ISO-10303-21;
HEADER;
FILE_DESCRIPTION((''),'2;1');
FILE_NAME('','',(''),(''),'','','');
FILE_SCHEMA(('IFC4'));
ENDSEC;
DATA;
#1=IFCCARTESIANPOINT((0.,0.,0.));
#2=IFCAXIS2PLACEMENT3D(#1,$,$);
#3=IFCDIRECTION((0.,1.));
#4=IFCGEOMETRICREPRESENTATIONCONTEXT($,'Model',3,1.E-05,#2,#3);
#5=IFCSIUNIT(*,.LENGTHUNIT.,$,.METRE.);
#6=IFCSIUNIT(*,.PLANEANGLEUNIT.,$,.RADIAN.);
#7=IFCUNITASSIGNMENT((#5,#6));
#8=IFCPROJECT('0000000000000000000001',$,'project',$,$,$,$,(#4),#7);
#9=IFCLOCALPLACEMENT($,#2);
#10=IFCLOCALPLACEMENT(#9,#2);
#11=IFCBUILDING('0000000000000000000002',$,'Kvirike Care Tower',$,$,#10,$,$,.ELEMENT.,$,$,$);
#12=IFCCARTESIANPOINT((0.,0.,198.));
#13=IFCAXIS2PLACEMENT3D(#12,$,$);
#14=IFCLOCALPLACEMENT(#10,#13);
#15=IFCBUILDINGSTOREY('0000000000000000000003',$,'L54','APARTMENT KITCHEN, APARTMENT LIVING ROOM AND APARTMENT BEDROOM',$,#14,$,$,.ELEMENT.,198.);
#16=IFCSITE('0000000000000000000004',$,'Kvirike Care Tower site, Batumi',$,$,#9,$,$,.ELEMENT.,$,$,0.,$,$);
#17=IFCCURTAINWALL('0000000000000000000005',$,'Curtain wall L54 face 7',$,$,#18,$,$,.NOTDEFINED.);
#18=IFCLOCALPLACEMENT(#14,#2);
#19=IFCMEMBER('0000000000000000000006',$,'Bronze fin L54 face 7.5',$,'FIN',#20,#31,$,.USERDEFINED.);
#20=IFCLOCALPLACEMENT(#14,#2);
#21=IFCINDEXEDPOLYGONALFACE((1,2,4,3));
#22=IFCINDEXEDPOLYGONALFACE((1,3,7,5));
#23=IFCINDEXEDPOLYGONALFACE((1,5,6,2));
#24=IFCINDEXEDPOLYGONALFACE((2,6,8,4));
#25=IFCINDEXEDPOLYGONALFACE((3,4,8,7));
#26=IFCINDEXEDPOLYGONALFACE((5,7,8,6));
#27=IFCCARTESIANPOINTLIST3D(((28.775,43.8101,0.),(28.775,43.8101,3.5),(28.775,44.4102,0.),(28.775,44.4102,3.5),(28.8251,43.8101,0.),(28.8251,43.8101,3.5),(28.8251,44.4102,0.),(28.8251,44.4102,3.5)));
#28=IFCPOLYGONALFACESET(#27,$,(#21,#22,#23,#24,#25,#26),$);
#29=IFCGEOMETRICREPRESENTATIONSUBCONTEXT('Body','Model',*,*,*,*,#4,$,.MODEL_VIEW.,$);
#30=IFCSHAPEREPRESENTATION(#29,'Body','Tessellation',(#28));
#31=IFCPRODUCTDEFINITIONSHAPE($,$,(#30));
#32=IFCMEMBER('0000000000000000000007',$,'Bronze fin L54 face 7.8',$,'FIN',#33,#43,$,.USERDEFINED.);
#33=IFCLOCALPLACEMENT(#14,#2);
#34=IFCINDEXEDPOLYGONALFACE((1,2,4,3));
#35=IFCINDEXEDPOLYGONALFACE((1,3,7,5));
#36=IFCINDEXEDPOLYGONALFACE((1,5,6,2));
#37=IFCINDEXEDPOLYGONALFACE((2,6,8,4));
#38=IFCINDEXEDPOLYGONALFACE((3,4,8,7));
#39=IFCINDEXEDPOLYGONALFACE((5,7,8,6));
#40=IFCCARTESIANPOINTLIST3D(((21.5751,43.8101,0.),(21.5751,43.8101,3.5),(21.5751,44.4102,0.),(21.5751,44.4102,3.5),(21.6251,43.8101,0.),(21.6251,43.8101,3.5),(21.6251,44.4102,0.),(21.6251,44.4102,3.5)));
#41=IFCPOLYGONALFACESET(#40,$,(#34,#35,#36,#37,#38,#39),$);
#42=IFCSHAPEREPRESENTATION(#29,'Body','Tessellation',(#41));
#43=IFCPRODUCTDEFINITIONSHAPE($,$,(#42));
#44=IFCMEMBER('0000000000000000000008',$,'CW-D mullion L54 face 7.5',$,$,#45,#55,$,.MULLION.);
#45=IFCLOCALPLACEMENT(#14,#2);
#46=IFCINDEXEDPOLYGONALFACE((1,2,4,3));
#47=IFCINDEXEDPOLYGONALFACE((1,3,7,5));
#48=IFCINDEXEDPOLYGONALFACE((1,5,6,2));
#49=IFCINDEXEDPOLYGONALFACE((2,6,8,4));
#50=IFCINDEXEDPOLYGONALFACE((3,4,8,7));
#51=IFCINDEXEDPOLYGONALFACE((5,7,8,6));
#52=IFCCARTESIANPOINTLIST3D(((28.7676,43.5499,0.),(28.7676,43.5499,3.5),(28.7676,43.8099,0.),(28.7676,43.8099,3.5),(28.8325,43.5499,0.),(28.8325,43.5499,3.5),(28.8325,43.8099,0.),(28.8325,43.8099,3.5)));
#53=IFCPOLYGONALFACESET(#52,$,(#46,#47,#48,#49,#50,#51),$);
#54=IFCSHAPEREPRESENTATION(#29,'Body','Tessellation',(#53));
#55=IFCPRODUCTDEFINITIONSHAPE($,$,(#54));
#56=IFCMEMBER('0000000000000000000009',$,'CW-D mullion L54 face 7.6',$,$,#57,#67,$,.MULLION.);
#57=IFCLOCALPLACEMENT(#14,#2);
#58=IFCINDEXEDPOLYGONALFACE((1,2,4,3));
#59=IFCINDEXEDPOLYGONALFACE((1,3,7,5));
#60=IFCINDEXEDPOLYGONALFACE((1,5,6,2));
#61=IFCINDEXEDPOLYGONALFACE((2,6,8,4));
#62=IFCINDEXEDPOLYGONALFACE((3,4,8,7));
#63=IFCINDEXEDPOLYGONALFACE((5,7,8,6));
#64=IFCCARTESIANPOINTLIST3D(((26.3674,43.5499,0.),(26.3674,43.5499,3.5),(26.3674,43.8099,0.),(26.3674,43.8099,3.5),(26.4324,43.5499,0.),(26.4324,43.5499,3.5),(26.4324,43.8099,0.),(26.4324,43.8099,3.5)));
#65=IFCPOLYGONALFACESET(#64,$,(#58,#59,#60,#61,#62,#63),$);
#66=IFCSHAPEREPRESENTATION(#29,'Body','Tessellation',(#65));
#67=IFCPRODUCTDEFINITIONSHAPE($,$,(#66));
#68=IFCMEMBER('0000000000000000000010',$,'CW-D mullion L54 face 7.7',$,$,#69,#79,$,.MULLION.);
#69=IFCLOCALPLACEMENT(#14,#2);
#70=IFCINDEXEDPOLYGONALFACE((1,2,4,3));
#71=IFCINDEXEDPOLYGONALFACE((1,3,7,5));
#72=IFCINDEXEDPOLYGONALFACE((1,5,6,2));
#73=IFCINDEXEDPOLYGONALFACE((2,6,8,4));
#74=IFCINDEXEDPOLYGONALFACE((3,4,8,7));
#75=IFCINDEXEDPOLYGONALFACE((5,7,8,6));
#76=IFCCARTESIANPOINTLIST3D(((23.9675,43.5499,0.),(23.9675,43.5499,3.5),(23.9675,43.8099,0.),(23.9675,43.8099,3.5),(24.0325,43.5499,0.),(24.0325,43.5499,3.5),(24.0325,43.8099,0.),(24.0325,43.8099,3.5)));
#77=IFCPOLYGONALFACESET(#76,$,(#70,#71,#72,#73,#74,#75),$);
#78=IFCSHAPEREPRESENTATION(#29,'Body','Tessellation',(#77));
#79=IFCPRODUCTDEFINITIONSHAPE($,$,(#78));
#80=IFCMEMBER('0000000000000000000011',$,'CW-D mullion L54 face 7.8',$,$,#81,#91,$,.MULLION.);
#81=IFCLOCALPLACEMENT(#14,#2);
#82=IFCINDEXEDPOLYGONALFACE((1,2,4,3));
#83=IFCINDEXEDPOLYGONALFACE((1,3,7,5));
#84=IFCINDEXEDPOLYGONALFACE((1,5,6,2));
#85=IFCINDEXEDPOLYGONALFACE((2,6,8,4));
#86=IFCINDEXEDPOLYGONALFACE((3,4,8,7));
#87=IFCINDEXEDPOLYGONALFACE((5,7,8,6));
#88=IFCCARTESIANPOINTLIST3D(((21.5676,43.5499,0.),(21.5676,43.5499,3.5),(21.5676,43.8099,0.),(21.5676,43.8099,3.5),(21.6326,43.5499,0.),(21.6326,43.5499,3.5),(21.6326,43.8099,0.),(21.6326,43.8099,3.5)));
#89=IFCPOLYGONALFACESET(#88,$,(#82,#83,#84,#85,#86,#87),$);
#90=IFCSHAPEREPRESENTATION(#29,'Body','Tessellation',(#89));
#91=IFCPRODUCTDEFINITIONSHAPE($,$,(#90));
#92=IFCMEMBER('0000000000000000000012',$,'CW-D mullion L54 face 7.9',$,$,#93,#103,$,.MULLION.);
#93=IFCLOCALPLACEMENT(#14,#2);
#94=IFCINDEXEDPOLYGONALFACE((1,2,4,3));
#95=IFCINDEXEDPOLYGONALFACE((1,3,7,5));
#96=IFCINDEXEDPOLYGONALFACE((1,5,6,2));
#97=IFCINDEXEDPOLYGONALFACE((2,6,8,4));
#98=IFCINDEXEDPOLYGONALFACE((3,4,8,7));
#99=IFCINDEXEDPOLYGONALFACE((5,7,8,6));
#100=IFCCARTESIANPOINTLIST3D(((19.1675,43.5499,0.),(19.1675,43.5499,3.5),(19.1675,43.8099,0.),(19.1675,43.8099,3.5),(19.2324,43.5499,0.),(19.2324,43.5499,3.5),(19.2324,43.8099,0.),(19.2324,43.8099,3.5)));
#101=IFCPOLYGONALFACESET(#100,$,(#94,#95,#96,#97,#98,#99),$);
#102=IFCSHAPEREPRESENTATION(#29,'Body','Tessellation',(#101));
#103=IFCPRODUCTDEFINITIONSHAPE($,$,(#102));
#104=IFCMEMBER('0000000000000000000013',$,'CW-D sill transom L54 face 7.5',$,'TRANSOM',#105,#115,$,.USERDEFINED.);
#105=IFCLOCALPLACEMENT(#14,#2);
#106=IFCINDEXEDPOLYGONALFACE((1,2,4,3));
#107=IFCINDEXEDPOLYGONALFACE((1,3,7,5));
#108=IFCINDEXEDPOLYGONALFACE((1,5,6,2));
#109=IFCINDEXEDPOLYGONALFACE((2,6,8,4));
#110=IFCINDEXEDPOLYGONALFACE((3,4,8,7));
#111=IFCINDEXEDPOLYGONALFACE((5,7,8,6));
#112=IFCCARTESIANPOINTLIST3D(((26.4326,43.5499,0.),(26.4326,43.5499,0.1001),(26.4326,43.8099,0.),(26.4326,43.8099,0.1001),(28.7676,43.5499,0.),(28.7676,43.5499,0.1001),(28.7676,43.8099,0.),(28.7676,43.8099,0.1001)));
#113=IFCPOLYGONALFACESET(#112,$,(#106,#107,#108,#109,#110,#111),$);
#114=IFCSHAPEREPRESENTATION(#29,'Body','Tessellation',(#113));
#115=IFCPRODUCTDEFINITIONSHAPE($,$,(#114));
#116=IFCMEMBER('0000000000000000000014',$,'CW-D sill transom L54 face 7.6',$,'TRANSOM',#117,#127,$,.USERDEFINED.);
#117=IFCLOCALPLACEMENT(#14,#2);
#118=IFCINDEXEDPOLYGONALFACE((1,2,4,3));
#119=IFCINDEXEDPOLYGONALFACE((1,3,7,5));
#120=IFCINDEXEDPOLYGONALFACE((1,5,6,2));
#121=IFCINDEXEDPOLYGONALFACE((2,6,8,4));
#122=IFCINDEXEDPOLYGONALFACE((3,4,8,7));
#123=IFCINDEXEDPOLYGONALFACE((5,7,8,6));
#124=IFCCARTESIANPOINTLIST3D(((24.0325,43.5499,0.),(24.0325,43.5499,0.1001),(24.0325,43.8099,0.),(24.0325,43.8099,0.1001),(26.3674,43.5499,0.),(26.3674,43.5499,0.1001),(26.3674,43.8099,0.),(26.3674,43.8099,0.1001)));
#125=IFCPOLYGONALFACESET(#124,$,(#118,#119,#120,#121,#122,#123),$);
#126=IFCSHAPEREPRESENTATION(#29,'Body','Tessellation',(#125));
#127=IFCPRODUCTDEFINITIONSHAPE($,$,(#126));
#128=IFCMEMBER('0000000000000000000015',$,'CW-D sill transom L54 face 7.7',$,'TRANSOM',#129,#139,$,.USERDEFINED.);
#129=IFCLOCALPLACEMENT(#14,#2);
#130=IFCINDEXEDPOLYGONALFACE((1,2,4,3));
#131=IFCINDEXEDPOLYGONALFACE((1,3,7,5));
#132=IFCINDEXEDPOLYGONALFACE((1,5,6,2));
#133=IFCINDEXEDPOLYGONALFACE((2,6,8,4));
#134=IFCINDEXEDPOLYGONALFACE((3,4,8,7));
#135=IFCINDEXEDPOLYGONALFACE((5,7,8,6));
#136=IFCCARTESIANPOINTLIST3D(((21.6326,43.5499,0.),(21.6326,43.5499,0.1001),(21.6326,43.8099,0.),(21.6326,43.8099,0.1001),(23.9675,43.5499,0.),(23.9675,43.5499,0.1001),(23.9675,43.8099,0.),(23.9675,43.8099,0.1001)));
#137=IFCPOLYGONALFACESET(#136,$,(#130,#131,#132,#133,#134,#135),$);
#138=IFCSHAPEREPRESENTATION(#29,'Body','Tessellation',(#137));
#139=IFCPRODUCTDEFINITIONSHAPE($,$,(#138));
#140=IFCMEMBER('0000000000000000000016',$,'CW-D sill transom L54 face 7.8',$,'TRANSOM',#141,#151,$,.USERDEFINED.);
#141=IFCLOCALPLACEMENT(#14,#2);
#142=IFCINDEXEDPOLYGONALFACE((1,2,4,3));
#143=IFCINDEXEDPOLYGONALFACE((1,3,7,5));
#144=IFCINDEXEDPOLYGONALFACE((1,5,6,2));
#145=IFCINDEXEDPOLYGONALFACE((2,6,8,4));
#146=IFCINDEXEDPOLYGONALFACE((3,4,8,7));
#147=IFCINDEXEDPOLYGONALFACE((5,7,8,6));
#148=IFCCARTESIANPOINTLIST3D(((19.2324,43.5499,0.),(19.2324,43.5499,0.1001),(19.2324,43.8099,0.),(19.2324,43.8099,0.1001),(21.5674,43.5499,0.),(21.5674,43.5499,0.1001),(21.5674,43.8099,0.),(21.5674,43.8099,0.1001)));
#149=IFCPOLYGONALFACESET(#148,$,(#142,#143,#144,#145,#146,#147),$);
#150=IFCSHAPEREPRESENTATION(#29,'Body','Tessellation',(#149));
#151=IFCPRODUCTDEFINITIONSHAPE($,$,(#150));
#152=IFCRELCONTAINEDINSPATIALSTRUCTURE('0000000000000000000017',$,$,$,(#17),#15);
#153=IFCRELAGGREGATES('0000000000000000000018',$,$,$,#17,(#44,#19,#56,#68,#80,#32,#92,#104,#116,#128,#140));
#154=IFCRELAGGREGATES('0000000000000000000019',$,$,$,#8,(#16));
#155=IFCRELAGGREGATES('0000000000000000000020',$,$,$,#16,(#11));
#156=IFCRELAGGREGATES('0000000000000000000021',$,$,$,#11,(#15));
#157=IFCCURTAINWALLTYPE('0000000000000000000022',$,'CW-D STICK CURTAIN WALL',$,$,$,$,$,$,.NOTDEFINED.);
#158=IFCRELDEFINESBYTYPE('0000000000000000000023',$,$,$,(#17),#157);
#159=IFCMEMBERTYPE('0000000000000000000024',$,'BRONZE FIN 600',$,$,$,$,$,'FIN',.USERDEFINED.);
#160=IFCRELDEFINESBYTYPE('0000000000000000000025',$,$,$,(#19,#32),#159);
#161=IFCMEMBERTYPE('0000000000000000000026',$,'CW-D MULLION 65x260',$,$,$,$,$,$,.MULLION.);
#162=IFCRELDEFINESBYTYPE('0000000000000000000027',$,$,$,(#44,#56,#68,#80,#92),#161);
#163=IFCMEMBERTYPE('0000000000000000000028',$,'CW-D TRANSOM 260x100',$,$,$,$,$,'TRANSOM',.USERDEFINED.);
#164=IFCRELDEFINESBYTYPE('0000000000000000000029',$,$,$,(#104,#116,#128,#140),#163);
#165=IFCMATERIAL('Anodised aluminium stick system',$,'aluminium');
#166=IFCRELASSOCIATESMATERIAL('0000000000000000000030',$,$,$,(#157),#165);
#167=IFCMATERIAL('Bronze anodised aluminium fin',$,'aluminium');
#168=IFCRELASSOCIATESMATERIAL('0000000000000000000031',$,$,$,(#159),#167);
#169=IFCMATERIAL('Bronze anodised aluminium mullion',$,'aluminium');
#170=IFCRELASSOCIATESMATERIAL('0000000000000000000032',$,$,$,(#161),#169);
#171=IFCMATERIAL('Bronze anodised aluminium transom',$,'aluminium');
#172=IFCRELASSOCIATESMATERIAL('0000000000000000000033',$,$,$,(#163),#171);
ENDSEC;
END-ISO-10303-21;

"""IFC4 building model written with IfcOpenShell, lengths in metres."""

from ifc_helpers import new_model, si_unit, direction, frame, origin, origin_2d, place, context, subcontext, project, spatial, rectangle, extrude, material, material_profile, profile_set, type_object, element, aggregate, save


model = new_model("IFC4")

# Units and contexts
model_context = context("Model", 3, precision=1e-05, world=origin(), true_north=direction((0.0, 1.0)))
body_context = subcontext(model_context, "Body", "Model", "MODEL_VIEW")
ifc_project = project(units=[si_unit("LENGTHUNIT", "METRE"), si_unit("PLANEANGLEUNIT", "RADIAN")], contexts=[model_context])

# Site, building, storey
site_placement = place(None, origin())
site = spatial("IfcSite", under=ifc_project, at=site_placement, Name="Kvirike Care Tower site, Batumi", CompositionType="ELEMENT", RefElevation=0.0)
building_placement = place(site_placement, origin())
building = spatial("IfcBuilding", under=site, at=building_placement, Name="Kvirike Care Tower", CompositionType="ELEMENT")
storey_placement = place(building_placement, frame((0.0, 0.0, 198.0)))
storey = spatial("IfcBuildingStorey", under=building, at=storey_placement, Name="L54", Description="APARTMENT KITCHEN, APARTMENT LIVING ROOM AND APARTMENT BEDROOM", CompositionType="ELEMENT", Elevation=198.0)

# Curtain wall, members
ifc_material_1 = material(Name="Anodised aluminium stick system", Category="aluminium")
curtain_wall_type = type_object("IfcCurtainWallType", Name="CW-D STICK CURTAIN WALL", PredefinedType="NOTDEFINED", material=ifc_material_1)
curtain_wall_placement = place(storey_placement, origin())
curtain_wall = element("IfcCurtainWall", 1, at=curtain_wall_placement, inside=storey, type_object=curtain_wall_type, Name="Curtain wall L54 face 7", PredefinedType="NOTDEFINED")
ifc_material_2 = material(Name="Bronze anodised aluminium fin", Category="aluminium")
ifc_material_profile_1 = material_profile(ifc_material_2, rectangle(XDim=0.05, YDim=0.6001, at=origin_2d()), Name="BRONZE FIN 600")
ifc_profile_set_1 = profile_set([ifc_material_profile_1], Name="Bronze anodised aluminium fin")
member_type_1 = type_object("IfcMemberType", Name="BRONZE FIN 600", ElementType="FIN", PredefinedType="USERDEFINED", material=ifc_profile_set_1)
member_1_placement = place(storey_placement, frame((28.8, 44.1101, 0.0), z_axis=(0.0, 0.0, 1.0), x_axis=(-1.0, 0.0, 0.0)))
member_1 = element("IfcMember", 2, at=member_1_placement, type_object=member_type_1, Name="Bronze fin L54 face 7.5", ObjectType="FIN", PredefinedType="USERDEFINED", context=body_context, shape_type="SweptSolid", body=[
    extrude(rectangle(XDim=0.05, YDim=0.6001, at=origin_2d()), origin(), (0.0, 0.0, 1.0), 3.5),
])
member_2_placement = place(storey_placement, frame((21.6001, 44.1101, 0.0), z_axis=(0.0, 0.0, 1.0), x_axis=(-1.0, 0.0, 0.0)))
member_2 = element("IfcMember", 3, at=member_2_placement, type_object=member_type_1, Name="Bronze fin L54 face 7.8", ObjectType="FIN", PredefinedType="USERDEFINED", context=body_context, shape_type="SweptSolid", body=[
    extrude(rectangle(XDim=0.05, YDim=0.6001, at=origin_2d()), origin(), (0.0, 0.0, 1.0), 3.5),
])
ifc_material_3 = material(Name="Bronze anodised aluminium mullion", Category="aluminium")
ifc_material_profile_2 = material_profile(ifc_material_3, rectangle(XDim=0.0649, YDim=0.26, at=origin_2d()), Name="CW-D MULLION 65x260")
ifc_profile_set_2 = profile_set([ifc_material_profile_2], Name="Bronze anodised aluminium mullion")
member_type_2 = type_object("IfcMemberType", Name="CW-D MULLION 65x260", PredefinedType="MULLION", material=ifc_profile_set_2)
member_3_placement = place(storey_placement, frame((28.8, 43.6799, 0.0), z_axis=(0.0, 0.0, 1.0), x_axis=(-1.0, 0.0, 0.0)))
member_3 = element("IfcMember", 4, at=member_3_placement, type_object=member_type_2, Name="CW-D mullion L54 face 7.5", PredefinedType="MULLION", context=body_context, shape_type="SweptSolid", body=[
    extrude(rectangle(XDim=0.0649, YDim=0.26, at=origin_2d()), origin(), (0.0, 0.0, 1.0), 3.5),
])
member_4_placement = place(storey_placement, frame((26.3999, 43.6799, 0.0), z_axis=(0.0, 0.0, 1.0), x_axis=(-1.0, 0.0, 0.0)))
member_4 = element("IfcMember", 5, at=member_4_placement, type_object=member_type_2, Name="CW-D mullion L54 face 7.6", PredefinedType="MULLION", context=body_context, shape_type="SweptSolid", body=[
    extrude(rectangle(XDim=0.0649, YDim=0.26, at=origin_2d()), origin(), (0.0, 0.0, 1.0), 3.5),
])
member_5_placement = place(storey_placement, frame((24.0, 43.6799, 0.0), z_axis=(0.0, 0.0, 1.0), x_axis=(-1.0, 0.0, 0.0)))
member_5 = element("IfcMember", 6, at=member_5_placement, type_object=member_type_2, Name="CW-D mullion L54 face 7.7", PredefinedType="MULLION", context=body_context, shape_type="SweptSolid", body=[
    extrude(rectangle(XDim=0.0649, YDim=0.26, at=origin_2d()), origin(), (0.0, 0.0, 1.0), 3.5),
])
member_6_placement = place(storey_placement, frame((21.6001, 43.6799, 0.0), z_axis=(0.0, 0.0, 1.0), x_axis=(-1.0, 0.0, 0.0)))
member_6 = element("IfcMember", 7, at=member_6_placement, type_object=member_type_2, Name="CW-D mullion L54 face 7.8", PredefinedType="MULLION", context=body_context, shape_type="SweptSolid", body=[
    extrude(rectangle(XDim=0.0649, YDim=0.26, at=origin_2d()), origin(), (0.0, 0.0, 1.0), 3.5),
])
member_7_placement = place(storey_placement, frame((19.2, 43.6799, 0.0), z_axis=(0.0, 0.0, 1.0), x_axis=(-1.0, 0.0, 0.0)))
member_7 = element("IfcMember", 8, at=member_7_placement, type_object=member_type_2, Name="CW-D mullion L54 face 7.9", PredefinedType="MULLION", context=body_context, shape_type="SweptSolid", body=[
    extrude(rectangle(XDim=0.0649, YDim=0.26, at=origin_2d()), origin(), (0.0, 0.0, 1.0), 3.5),
])
ifc_material_4 = material(Name="Bronze anodised aluminium transom", Category="aluminium")
ifc_material_profile_3 = material_profile(ifc_material_4, rectangle(XDim=0.26, YDim=0.1001, at=origin_2d()), Name="CW-D TRANSOM 260x100")
ifc_profile_set_3 = profile_set([ifc_material_profile_3], Name="Bronze anodised aluminium transom")
member_type_3 = type_object("IfcMemberType", Name="CW-D TRANSOM 260x100", ElementType="TRANSOM", PredefinedType="USERDEFINED", material=ifc_profile_set_3)
member_8_placement = place(storey_placement, frame((28.7676, 43.6799, 0.05), z_axis=(-1.0, 0.0, 0.0), x_axis=(0.0, -1.0, 0.0)))
member_8 = element("IfcMember", 9, at=member_8_placement, type_object=member_type_3, Name="CW-D sill transom L54 face 7.5", ObjectType="TRANSOM", PredefinedType="USERDEFINED", context=body_context, shape_type="SweptSolid", body=[
    extrude(rectangle(XDim=0.26, YDim=0.1001, at=origin_2d()), origin(), (0.0, 0.0, 1.0), 2.335),
])
member_9_placement = place(storey_placement, frame((26.3674, 43.6799, 0.05), z_axis=(-1.0, 0.0, 0.0), x_axis=(0.0, -1.0, 0.0)))
member_9 = element("IfcMember", 10, at=member_9_placement, type_object=member_type_3, Name="CW-D sill transom L54 face 7.6", ObjectType="TRANSOM", PredefinedType="USERDEFINED", context=body_context, shape_type="SweptSolid", body=[
    extrude(rectangle(XDim=0.26, YDim=0.1001, at=origin_2d()), origin(), (0.0, 0.0, 1.0), 2.335),
])
member_10_placement = place(storey_placement, frame((23.9675, 43.6799, 0.05), z_axis=(-1.0, 0.0, 0.0), x_axis=(0.0, -1.0, 0.0)))
member_10 = element("IfcMember", 11, at=member_10_placement, type_object=member_type_3, Name="CW-D sill transom L54 face 7.7", ObjectType="TRANSOM", PredefinedType="USERDEFINED", context=body_context, shape_type="SweptSolid", body=[
    extrude(rectangle(XDim=0.26, YDim=0.1001, at=origin_2d()), origin(), (0.0, 0.0, 1.0), 2.335),
])
member_11_placement = place(storey_placement, frame((21.5674, 43.6799, 0.05), z_axis=(-1.0, 0.0, 0.0), x_axis=(0.0, -1.0, 0.0)))
member_11 = element("IfcMember", 12, at=member_11_placement, type_object=member_type_3, Name="CW-D sill transom L54 face 7.8", ObjectType="TRANSOM", PredefinedType="USERDEFINED", context=body_context, shape_type="SweptSolid", body=[
    extrude(rectangle(XDim=0.26, YDim=0.1001, at=origin_2d()), origin(), (0.0, 0.0, 1.0), 2.335),
])

aggregate(curtain_wall, [member_3, member_1, member_4, member_5, member_6, member_2, member_7, member_8, member_9, member_10, member_11])

save(model, "model.ifc")
